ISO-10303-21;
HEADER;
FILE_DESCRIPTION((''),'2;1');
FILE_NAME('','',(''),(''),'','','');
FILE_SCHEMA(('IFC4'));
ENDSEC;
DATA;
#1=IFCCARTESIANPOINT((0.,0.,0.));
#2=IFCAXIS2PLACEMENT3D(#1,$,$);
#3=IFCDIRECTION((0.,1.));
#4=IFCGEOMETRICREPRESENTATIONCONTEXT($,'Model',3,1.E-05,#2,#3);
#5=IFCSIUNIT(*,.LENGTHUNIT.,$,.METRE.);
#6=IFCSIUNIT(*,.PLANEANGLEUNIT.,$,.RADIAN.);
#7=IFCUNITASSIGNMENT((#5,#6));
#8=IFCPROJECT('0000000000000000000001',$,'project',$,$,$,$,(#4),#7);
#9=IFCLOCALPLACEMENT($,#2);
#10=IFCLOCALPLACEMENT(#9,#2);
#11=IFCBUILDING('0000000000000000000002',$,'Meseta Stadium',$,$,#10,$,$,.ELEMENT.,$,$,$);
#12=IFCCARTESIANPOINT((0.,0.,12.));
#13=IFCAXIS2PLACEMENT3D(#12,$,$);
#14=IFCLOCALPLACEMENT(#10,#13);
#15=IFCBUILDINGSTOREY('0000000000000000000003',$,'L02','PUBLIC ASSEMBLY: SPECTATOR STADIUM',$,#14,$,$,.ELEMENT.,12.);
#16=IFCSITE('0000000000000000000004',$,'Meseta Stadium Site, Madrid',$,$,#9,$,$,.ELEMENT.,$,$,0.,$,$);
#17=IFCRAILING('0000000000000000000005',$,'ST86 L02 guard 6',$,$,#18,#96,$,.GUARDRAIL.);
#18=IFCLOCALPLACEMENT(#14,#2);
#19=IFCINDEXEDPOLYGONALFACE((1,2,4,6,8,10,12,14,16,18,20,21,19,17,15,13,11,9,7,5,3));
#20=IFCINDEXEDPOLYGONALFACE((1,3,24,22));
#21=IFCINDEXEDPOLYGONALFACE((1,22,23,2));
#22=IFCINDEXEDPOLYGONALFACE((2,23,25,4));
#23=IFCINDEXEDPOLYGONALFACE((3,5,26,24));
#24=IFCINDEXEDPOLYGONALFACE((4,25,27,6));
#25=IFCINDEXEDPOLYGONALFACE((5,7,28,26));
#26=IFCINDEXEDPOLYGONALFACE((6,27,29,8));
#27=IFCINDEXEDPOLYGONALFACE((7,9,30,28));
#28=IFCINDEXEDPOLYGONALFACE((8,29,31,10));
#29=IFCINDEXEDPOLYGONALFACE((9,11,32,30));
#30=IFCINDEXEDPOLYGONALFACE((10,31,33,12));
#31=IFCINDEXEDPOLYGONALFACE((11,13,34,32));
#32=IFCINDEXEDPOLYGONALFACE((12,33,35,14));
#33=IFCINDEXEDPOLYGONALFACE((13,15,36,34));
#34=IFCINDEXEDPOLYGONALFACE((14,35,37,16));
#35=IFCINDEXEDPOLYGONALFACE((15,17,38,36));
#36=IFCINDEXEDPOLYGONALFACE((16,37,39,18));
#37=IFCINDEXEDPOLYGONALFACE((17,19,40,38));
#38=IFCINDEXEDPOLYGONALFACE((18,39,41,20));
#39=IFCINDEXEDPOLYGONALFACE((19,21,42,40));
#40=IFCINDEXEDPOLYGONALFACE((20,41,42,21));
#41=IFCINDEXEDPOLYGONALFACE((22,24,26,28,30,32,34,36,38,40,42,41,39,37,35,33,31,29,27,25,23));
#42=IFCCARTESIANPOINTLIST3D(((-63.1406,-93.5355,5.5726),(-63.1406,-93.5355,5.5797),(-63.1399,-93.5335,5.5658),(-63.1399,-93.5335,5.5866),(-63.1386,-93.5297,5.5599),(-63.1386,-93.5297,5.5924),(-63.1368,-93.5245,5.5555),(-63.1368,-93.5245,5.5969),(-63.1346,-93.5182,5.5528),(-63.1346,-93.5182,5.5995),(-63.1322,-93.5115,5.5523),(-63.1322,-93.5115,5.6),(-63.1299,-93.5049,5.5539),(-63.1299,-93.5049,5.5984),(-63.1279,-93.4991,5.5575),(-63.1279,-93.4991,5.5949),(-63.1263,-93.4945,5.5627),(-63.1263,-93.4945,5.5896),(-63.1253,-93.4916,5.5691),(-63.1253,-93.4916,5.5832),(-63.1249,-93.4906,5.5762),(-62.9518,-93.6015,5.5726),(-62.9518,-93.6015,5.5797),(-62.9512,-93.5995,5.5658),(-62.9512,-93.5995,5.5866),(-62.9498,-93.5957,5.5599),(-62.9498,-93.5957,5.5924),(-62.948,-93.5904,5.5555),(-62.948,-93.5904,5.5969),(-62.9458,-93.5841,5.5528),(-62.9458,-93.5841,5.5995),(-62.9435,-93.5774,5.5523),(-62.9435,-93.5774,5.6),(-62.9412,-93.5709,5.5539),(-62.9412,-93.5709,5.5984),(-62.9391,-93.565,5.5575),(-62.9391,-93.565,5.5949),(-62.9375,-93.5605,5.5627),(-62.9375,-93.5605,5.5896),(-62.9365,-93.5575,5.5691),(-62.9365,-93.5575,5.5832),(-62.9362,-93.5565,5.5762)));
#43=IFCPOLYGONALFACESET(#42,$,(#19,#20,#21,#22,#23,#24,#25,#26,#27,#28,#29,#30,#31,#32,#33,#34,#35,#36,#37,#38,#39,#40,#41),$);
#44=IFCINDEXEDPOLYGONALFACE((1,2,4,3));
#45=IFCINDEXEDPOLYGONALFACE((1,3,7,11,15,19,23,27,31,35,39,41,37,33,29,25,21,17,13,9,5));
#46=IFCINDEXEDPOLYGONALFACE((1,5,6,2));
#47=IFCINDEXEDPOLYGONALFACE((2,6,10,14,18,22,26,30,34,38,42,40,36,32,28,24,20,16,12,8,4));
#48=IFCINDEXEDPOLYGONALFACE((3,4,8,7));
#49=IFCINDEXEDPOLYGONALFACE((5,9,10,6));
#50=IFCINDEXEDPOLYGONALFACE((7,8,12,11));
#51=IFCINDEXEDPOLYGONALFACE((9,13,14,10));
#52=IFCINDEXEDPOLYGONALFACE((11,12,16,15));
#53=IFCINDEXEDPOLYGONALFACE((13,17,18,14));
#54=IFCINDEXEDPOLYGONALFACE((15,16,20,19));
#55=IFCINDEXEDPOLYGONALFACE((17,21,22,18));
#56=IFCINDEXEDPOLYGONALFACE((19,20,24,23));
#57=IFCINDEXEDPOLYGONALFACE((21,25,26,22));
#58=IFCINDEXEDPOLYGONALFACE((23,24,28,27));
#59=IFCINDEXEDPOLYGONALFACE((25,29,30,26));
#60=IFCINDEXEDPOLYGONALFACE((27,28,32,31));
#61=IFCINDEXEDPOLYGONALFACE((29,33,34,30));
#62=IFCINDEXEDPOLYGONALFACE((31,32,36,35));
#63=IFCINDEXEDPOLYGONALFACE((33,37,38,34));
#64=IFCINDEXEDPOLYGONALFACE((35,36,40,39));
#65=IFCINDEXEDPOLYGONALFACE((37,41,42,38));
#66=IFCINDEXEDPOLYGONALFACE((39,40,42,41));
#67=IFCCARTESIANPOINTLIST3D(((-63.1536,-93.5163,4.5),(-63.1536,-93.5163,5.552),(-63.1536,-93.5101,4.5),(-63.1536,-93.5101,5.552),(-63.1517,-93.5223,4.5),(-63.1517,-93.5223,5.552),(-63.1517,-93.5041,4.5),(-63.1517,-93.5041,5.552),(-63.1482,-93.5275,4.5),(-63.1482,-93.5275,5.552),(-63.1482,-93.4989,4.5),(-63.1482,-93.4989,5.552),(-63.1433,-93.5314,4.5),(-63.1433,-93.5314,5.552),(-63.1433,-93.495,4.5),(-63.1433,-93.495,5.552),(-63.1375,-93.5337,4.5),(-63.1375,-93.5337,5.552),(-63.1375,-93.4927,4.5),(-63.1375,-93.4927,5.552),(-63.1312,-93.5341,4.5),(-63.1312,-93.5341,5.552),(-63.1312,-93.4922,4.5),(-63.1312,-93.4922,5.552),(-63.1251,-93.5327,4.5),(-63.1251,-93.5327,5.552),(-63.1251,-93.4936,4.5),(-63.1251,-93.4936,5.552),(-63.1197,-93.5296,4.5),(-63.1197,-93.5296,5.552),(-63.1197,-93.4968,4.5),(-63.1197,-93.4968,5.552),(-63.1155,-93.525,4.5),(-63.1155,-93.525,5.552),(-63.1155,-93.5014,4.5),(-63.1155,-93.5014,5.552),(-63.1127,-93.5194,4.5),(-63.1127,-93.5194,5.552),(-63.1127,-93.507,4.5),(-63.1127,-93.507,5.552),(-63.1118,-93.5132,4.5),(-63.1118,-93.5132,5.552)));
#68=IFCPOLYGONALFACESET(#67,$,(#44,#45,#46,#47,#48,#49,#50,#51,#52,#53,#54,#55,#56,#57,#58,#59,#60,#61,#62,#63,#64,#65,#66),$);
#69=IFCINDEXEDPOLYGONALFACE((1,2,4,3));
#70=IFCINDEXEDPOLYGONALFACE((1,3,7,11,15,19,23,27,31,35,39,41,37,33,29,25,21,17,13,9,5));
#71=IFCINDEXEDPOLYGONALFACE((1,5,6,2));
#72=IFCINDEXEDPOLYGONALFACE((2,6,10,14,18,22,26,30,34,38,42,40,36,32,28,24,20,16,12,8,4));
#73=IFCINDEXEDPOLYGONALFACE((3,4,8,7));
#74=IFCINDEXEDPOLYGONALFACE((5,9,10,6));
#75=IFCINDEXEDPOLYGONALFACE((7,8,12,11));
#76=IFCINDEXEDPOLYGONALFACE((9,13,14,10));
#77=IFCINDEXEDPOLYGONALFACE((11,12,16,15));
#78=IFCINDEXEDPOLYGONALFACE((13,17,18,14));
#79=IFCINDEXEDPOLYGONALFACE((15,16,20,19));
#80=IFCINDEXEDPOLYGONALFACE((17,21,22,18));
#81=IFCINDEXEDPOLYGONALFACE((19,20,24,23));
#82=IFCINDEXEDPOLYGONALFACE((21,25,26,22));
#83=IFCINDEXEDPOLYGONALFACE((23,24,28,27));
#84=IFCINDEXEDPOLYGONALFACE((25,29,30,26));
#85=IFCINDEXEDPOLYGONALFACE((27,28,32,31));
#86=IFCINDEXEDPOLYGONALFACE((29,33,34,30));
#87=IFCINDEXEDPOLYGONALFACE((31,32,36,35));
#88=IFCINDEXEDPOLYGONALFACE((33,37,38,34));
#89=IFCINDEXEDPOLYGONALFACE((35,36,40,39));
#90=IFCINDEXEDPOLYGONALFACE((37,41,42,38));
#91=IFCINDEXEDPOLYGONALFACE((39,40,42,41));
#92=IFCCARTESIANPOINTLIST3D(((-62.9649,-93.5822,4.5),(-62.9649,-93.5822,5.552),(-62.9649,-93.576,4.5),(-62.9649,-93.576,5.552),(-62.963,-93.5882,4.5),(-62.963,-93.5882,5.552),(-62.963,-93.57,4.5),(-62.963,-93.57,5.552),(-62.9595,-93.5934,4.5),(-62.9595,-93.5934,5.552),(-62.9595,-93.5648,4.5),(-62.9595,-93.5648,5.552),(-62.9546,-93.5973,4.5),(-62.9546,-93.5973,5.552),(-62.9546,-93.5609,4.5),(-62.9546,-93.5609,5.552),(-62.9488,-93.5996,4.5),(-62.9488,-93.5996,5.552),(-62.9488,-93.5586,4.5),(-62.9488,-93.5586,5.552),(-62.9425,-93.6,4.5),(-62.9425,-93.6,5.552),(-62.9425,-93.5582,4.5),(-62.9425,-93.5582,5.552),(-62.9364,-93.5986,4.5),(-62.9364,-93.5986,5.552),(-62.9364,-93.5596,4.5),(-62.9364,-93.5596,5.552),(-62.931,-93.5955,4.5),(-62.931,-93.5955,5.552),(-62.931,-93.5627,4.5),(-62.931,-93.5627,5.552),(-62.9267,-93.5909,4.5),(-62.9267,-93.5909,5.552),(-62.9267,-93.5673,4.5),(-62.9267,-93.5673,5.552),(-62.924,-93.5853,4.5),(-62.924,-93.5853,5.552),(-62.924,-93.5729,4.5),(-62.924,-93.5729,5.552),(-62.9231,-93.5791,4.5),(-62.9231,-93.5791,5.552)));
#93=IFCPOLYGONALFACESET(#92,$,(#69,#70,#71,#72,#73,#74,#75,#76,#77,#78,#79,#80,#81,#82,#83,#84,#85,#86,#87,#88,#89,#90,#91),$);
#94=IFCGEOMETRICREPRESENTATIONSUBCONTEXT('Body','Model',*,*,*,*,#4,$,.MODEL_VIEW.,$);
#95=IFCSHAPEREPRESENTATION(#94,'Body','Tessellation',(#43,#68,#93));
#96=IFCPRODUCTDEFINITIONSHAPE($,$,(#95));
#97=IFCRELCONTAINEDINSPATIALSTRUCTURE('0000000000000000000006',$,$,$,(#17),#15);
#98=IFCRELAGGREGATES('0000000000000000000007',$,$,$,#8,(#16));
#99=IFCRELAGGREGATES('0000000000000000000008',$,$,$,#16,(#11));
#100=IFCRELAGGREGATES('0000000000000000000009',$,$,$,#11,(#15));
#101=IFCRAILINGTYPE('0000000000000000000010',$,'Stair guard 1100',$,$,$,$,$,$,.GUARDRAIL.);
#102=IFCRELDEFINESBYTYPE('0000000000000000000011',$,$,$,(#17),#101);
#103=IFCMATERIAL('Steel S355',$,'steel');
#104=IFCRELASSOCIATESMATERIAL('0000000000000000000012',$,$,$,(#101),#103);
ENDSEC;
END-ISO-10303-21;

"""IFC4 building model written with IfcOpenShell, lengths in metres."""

from ifc_helpers import new_model, si_unit, direction, frame, origin, origin_2d, place, context, subcontext, project, spatial, circle, extrude, material, type_object, element, save


model = new_model("IFC4")

# Units and contexts
model_context = context("Model", 3, precision=1e-05, world=origin(), true_north=direction((0.0, 1.0)))
body_context = subcontext(model_context, "Body", "Model", "MODEL_VIEW")
ifc_project = project(units=[si_unit("LENGTHUNIT", "METRE"), si_unit("PLANEANGLEUNIT", "RADIAN")], contexts=[model_context])

# Site, building, storey
site_placement = place(None, origin())
site = spatial("IfcSite", under=ifc_project, at=site_placement, Name="Meseta Stadium Site, Madrid", CompositionType="ELEMENT", RefElevation=0.0)
building_placement = place(site_placement, origin())
building = spatial("IfcBuilding", under=site, at=building_placement, Name="Meseta Stadium", CompositionType="ELEMENT")
storey_placement = place(building_placement, frame((0.0, 0.0, 12.0)))
storey = spatial("IfcBuildingStorey", under=building, at=storey_placement, Name="L02", Description="PUBLIC ASSEMBLY: SPECTATOR STADIUM", CompositionType="ELEMENT", Elevation=12.0)

# Railing
ifc_material_1 = material(Name="Steel S355", Category="steel")
railing_type_1 = type_object("IfcRailingType", Name="Stair guard 1100", PredefinedType="GUARDRAIL", material=ifc_material_1)
railing_1_placement = place(storey_placement, frame((-63.1328, -93.5132, 4.5)))
element("IfcRailing", 1, at=railing_1_placement, inside=storey, type_object=railing_type_1, Name="ST86 L02 guard 6", PredefinedType="GUARDRAIL", context=body_context, shape_type="SweptSolid", body=[
    extrude(circle(Radius=0.0239, at=origin_2d()), frame((0.0, 0.0, 1.0762), z_axis=(0.944068, -0.329752, 0.0), x_axis=(0.329752, 0.944068, 0.0)), (0.0, 0.0, 1.0), 0.2),
    extrude(circle(Radius=0.021, at=origin_2d()), origin(), (0.0, 0.0, 1.0), 1.052),
    extrude(circle(Radius=0.021, at=origin_2d()), frame((0.1887, -0.0659, 0.0)), (0.0, 0.0, 1.0), 1.052),
])

save(model, "model.ifc")
